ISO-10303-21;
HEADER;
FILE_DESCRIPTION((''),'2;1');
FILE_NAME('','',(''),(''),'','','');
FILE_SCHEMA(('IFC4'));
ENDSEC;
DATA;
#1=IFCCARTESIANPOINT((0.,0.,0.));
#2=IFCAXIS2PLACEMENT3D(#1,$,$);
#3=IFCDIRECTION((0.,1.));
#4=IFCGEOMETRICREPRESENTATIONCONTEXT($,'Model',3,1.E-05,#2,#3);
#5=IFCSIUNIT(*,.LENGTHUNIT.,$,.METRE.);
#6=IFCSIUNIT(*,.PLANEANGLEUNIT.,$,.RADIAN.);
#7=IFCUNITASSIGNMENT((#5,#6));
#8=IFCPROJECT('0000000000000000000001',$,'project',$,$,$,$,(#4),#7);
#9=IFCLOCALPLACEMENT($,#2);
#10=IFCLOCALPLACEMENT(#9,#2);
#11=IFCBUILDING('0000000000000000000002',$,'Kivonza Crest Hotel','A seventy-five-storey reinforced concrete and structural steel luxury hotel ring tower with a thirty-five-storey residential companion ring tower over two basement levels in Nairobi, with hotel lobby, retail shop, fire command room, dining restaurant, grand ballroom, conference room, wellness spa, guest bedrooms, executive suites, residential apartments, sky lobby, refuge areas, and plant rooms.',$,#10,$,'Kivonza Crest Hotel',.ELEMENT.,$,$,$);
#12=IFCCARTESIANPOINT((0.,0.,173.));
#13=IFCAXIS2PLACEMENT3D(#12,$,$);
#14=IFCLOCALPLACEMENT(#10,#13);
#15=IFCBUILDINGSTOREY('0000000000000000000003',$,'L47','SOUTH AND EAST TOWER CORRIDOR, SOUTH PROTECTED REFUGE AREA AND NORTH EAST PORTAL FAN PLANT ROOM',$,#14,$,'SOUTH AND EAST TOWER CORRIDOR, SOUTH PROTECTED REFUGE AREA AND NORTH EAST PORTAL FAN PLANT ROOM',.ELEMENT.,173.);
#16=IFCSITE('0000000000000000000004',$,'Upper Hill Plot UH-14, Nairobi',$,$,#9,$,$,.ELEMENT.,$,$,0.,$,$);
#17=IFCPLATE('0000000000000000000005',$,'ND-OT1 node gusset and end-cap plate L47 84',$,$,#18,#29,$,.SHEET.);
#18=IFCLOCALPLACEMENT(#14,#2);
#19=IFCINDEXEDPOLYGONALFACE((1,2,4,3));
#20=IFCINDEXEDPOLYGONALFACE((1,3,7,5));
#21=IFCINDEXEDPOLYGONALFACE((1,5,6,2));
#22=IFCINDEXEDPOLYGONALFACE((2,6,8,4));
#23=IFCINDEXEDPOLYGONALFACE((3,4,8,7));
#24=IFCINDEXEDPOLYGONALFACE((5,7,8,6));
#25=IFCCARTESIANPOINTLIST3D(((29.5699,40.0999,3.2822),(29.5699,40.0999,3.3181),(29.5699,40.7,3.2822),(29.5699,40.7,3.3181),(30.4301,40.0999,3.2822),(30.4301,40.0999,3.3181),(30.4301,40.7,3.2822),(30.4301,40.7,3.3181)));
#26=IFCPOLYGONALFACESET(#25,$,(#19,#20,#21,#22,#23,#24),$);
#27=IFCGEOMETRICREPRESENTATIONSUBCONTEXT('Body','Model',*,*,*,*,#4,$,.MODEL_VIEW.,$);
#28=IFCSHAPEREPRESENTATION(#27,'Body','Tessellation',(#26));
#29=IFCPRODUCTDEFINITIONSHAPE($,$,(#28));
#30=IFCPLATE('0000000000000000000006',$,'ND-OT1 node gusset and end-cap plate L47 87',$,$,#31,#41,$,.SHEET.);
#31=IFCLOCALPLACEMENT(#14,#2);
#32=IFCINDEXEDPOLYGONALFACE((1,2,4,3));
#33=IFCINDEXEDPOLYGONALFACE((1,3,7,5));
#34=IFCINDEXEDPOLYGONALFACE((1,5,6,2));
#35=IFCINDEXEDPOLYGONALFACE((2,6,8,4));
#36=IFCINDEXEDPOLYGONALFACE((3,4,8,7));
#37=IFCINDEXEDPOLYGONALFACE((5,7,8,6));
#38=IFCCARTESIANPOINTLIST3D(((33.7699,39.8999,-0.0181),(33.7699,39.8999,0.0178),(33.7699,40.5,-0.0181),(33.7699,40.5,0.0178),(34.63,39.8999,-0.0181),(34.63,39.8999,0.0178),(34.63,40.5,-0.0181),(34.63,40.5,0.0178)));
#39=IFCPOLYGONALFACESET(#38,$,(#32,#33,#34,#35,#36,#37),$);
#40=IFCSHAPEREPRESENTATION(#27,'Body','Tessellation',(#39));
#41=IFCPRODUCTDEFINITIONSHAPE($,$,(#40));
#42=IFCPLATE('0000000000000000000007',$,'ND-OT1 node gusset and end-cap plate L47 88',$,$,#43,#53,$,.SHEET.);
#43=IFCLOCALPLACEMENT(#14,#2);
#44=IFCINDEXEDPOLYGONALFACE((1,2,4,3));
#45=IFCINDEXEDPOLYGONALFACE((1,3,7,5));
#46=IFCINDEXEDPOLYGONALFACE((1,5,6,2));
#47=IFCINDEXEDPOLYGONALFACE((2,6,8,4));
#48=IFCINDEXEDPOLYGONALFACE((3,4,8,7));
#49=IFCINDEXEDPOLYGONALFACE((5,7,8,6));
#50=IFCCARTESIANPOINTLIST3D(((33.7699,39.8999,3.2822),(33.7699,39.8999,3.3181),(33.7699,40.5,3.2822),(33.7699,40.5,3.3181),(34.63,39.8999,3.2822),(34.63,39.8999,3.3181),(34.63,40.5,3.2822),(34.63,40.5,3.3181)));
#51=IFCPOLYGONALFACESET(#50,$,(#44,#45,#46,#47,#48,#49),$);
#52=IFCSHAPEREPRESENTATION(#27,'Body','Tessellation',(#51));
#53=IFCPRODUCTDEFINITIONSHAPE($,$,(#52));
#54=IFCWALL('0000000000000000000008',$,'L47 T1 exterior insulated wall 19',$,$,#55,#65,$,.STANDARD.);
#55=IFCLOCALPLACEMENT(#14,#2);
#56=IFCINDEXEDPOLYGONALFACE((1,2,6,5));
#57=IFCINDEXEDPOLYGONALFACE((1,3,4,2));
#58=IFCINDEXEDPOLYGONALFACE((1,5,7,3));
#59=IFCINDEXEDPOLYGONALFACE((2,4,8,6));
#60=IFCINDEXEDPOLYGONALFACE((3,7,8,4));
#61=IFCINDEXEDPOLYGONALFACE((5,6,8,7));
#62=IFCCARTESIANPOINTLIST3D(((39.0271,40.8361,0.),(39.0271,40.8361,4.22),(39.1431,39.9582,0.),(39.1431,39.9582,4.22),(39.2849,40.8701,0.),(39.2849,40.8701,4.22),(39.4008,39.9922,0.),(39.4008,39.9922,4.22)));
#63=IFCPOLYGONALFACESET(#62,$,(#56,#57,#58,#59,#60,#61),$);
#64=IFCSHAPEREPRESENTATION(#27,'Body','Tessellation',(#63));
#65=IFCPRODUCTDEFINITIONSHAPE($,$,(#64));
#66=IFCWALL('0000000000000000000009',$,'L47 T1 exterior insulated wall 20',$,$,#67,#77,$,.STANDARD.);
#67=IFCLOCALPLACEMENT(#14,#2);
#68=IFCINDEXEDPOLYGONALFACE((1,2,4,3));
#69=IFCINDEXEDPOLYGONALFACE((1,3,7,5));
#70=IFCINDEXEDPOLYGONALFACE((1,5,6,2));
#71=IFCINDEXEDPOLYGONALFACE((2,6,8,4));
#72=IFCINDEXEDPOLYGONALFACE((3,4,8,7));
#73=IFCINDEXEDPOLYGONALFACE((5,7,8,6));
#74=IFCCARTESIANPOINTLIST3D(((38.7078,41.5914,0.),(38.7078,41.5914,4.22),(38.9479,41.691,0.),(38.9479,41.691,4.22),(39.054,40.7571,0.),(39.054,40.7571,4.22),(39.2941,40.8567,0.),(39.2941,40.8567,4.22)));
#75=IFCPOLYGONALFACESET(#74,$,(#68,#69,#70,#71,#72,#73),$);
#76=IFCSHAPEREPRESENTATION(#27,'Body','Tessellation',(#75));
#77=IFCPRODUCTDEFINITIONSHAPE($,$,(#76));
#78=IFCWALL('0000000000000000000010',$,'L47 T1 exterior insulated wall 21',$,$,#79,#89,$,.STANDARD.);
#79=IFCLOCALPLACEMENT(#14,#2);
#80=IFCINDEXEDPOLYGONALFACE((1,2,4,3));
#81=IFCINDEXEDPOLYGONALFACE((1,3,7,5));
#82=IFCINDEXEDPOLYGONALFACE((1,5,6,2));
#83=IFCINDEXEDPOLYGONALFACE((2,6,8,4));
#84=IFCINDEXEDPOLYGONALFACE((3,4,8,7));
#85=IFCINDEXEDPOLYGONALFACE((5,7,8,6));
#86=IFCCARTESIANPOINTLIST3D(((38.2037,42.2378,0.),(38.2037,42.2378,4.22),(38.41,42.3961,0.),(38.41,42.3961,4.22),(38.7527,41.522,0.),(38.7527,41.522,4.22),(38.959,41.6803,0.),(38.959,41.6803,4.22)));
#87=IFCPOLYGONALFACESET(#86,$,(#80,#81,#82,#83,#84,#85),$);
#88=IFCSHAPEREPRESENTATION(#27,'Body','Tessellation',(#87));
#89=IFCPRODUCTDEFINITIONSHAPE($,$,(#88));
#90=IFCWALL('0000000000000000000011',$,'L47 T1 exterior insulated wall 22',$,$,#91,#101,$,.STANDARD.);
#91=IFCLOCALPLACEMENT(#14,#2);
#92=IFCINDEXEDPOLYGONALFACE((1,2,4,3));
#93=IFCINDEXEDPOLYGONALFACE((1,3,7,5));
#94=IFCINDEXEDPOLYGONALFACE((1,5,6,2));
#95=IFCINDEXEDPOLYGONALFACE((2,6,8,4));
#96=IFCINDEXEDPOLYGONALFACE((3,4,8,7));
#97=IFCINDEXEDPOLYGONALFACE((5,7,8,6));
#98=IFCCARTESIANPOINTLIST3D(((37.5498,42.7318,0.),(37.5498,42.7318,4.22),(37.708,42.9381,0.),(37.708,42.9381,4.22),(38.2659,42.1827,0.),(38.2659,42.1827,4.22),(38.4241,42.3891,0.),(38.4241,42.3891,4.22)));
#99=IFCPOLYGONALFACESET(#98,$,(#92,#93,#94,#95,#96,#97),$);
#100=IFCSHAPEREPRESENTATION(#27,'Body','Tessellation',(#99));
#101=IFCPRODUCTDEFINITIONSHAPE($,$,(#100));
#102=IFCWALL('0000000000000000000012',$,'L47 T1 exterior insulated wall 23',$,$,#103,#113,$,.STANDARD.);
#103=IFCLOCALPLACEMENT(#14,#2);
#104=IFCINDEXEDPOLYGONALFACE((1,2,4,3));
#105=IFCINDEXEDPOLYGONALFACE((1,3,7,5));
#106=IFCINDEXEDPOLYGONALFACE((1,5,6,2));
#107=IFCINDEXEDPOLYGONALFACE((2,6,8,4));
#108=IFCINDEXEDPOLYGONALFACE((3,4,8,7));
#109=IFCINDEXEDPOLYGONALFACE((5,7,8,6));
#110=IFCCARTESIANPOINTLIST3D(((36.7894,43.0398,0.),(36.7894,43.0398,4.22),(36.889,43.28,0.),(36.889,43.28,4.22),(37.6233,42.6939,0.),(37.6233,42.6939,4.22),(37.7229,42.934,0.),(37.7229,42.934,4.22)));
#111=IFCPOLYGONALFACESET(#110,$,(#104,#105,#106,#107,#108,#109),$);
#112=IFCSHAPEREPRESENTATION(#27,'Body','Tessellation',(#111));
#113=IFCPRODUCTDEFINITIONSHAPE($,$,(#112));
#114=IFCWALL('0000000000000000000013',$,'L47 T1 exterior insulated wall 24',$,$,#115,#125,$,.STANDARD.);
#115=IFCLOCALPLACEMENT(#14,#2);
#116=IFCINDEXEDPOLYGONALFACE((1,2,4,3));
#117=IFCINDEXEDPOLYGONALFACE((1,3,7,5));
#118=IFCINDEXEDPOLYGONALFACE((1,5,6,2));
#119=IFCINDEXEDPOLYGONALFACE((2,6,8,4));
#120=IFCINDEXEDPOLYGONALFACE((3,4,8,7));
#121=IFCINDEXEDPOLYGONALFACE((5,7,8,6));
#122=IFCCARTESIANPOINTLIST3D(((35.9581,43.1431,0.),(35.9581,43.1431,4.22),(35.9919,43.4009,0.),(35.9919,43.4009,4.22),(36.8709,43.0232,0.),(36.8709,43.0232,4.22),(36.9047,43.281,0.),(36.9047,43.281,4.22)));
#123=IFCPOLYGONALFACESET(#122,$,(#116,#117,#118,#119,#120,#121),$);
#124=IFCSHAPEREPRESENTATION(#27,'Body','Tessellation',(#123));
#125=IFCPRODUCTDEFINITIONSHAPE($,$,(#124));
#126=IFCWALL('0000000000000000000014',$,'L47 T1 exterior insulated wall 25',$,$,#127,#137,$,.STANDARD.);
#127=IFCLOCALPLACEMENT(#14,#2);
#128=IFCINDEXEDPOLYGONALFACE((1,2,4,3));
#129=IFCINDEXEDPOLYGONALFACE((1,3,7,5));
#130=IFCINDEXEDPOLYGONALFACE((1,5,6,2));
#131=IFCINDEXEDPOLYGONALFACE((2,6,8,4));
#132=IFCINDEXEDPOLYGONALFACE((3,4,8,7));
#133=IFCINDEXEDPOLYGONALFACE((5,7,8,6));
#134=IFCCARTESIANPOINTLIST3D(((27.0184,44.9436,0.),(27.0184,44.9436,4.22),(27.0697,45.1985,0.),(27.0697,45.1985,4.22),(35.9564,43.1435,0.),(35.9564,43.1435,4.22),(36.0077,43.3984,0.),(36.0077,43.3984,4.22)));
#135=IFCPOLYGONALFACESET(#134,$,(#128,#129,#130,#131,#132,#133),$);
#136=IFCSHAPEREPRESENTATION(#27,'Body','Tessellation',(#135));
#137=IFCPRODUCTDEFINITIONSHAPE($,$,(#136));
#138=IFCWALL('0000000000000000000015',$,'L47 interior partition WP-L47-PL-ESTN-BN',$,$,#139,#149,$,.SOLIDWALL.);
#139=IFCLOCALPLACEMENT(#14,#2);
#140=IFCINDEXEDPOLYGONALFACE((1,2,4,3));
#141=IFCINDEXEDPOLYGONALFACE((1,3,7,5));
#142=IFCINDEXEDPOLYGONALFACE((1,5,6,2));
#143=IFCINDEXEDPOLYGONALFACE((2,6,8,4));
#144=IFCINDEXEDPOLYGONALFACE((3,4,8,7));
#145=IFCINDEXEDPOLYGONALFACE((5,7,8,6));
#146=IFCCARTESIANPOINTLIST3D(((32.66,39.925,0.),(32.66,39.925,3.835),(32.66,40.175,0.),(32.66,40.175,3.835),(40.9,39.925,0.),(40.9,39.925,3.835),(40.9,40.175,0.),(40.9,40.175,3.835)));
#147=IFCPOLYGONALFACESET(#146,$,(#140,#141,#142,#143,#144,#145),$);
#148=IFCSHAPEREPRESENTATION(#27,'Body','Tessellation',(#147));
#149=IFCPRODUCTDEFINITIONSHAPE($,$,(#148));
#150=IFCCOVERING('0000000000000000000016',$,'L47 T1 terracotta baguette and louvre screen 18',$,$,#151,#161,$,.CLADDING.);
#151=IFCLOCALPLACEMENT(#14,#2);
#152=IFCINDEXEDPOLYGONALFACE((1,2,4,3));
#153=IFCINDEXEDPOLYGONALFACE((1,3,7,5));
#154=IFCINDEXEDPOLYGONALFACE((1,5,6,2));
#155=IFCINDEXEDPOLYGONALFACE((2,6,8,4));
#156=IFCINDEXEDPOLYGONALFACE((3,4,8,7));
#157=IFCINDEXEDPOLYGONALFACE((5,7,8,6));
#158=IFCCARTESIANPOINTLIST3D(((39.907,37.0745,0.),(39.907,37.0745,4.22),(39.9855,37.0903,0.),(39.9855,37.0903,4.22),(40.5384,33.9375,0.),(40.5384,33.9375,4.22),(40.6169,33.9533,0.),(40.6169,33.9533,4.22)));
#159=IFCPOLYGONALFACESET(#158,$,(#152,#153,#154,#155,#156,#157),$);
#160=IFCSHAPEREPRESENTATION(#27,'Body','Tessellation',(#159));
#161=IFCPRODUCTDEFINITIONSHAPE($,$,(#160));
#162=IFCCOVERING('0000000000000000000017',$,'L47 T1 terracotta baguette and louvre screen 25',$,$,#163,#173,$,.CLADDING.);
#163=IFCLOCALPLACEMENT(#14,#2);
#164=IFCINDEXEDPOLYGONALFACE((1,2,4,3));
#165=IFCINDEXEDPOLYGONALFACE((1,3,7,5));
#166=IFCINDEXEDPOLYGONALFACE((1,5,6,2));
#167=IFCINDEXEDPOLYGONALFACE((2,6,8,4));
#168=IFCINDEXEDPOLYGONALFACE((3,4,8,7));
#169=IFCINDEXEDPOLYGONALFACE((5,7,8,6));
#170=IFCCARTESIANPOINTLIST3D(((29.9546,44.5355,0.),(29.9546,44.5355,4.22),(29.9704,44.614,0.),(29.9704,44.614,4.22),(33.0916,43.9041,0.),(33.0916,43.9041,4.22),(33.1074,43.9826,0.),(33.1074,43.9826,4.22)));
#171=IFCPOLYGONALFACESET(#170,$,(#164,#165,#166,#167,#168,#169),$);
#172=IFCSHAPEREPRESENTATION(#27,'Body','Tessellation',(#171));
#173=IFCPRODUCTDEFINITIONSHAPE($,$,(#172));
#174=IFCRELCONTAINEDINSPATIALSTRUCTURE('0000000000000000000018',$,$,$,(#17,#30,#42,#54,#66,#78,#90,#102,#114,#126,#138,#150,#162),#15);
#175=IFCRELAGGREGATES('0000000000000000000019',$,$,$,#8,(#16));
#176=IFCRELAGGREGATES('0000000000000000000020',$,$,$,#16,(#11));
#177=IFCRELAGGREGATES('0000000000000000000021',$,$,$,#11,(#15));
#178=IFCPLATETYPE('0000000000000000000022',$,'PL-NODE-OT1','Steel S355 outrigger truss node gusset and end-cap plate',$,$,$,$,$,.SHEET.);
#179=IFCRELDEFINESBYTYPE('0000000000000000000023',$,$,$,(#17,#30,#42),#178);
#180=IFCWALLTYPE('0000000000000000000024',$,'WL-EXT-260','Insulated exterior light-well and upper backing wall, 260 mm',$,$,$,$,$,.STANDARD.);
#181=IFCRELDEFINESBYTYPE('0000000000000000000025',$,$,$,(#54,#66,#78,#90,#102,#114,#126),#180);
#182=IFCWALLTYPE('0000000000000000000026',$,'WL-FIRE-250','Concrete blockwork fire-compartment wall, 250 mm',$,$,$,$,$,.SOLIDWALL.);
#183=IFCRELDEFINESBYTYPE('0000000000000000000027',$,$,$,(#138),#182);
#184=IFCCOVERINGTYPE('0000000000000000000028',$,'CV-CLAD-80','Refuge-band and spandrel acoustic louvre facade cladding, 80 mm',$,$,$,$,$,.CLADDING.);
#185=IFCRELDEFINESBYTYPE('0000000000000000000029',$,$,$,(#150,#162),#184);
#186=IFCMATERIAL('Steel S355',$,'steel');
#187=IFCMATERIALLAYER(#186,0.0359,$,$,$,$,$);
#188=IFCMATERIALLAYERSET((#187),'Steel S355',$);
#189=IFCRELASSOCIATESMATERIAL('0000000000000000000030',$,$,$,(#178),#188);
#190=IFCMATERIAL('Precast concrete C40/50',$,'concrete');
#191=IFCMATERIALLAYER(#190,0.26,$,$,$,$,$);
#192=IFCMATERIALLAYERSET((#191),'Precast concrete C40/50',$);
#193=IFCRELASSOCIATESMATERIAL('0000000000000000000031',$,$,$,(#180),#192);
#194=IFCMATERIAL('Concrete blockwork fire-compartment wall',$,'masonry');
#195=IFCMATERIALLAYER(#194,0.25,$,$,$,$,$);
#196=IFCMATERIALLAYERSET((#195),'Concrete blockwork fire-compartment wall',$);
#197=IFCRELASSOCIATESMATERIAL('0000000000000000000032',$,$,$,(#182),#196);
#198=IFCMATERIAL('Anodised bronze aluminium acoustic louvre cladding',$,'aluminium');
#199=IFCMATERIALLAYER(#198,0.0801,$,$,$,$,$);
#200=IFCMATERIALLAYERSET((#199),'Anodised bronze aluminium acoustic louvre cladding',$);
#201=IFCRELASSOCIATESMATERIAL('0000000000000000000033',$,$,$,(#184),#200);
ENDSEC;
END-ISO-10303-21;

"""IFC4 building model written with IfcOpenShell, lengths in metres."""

from ifc_helpers import new_model, si_unit, direction, frame, frame_2d, origin, origin_2d, place, context, subcontext, project, spatial, rectangle, extrude, material, layer, layer_set, type_object, element, save


model = new_model("IFC4")

# Units and contexts
model_context = context("Model", 3, precision=1e-05, world=origin(), true_north=direction((0.0, 1.0)))
body_context = subcontext(model_context, "Body", "Model", "MODEL_VIEW")
ifc_project = project(units=[si_unit("LENGTHUNIT", "METRE"), si_unit("PLANEANGLEUNIT", "RADIAN")], contexts=[model_context])

# Site, building, storey
site_placement = place(None, origin())
site = spatial("IfcSite", under=ifc_project, at=site_placement, Name="Upper Hill Plot UH-14, Nairobi", CompositionType="ELEMENT", RefElevation=0.0)
building_placement = place(site_placement, origin())
building = spatial("IfcBuilding", under=site, at=building_placement, Name="Kivonza Crest Hotel", Description="A seventy-five-storey reinforced concrete and structural steel luxury hotel ring tower with a thirty-five-storey residential companion ring tower over two basement levels in Nairobi, with hotel lobby, retail shop, fire command room, dining restaurant, grand ballroom, conference room, wellness spa, guest bedrooms, executive suites, residential apartments, sky lobby, refuge areas, and plant rooms.", LongName="Kivonza Crest Hotel", CompositionType="ELEMENT")
storey_placement = place(building_placement, frame((0.0, 0.0, 173.0)))
storey = spatial("IfcBuildingStorey", under=building, at=storey_placement, Name="L47", Description="SOUTH AND EAST TOWER CORRIDOR, SOUTH PROTECTED REFUGE AREA AND NORTH EAST PORTAL FAN PLANT ROOM", LongName="SOUTH AND EAST TOWER CORRIDOR, SOUTH PROTECTED REFUGE AREA AND NORTH EAST PORTAL FAN PLANT ROOM", CompositionType="ELEMENT", Elevation=173.0)

# Shared definitions
ifc_material_1 = material(Name="Steel S355", Category="steel")

# Plates
ifc_layer_1 = layer(ifc_material_1, 0.0359)
ifc_layer_set_1 = layer_set([ifc_layer_1], Name="Steel S355")
plate_type = type_object("IfcPlateType", Name="PL-NODE-OT1", Description="Steel S355 outrigger truss node gusset and end-cap plate", PredefinedType="SHEET", material=ifc_layer_set_1)
for number, where, z_axis, x_axis, name in (
    (1, (30.0, 40.3999, 3.2822), (0.0, 0.0, 1.0), (1.0, 0.0, 0.0), "ND-OT1 node gusset and end-cap plate L47 84"),
    (2, (34.2, 40.2, -0.0181), (0.0, 0.0, 1.0), (1.0, 0.0, 0.0), "ND-OT1 node gusset and end-cap plate L47 87"),
    (3, (34.2, 40.2, 3.2822), (0.0, 0.0, 1.0), (1.0, 0.0, 0.0), "ND-OT1 node gusset and end-cap plate L47 88"),
):
    element("IfcPlate", number, at=place(storey_placement, frame(where, z_axis=z_axis, x_axis=x_axis)), inside=storey, type_object=plate_type, Name=name, PredefinedType="SHEET", context=body_context, shape_type="SweptSolid", body=[
        extrude(rectangle(XDim=0.8601, YDim=0.6001, at=origin_2d()), origin(), (0.0, 0.0, 1.0), 0.0359),
    ])

# Walls
ifc_material_2 = material(Name="Precast concrete C40/50", Category="concrete")
ifc_layer_2 = layer(ifc_material_2, 0.26)
ifc_layer_set_2 = layer_set([ifc_layer_2], Name="Precast concrete C40/50")
wall_type_1 = type_object("IfcWallType", Name="WL-EXT-260", Description="Insulated exterior light-well and upper backing wall, 260 mm", PredefinedType="STANDARD", material=ifc_layer_set_2)
wall_1_placement = place(storey_placement, frame((39.272, 39.9751, 0.0), z_axis=(0.0, 0.0, 1.0), x_axis=(-0.130954, 0.991388, 0.0)))
element("IfcWall", 4, at=wall_1_placement, inside=storey, type_object=wall_type_1, Name="L47 T1 exterior insulated wall 19", PredefinedType="STANDARD", context=body_context, shape_type="SweptSolid", body=[
    extrude(rectangle(XDim=0.8855, YDim=0.26, at=frame_2d((0.4429, 0.0))), origin(), (0.0, 0.0, 1.0), 4.22),
])
wall_2_placement = place(storey_placement, frame((39.1741, 40.8069, 0.0), z_axis=(0.0, 0.0, 1.0), x_axis=(-0.383291, 0.923628, 0.0)))
element("IfcWall", 5, at=wall_2_placement, inside=storey, type_object=wall_type_1, Name="L47 T1 exterior insulated wall 20", PredefinedType="STANDARD", context=body_context, shape_type="SweptSolid", body=[
    extrude(rectangle(XDim=0.9033, YDim=0.26, at=frame_2d((0.4517, 0.0))), origin(), (0.0, 0.0, 1.0), 4.22),
])
wall_3_placement = place(storey_placement, frame((38.856, 41.6011, 0.0), z_axis=(0.0, 0.0, 1.0), x_axis=(-0.608625, 0.793458, 0.0)))
element("IfcWall", 6, at=wall_3_placement, inside=storey, type_object=wall_type_1, Name="L47 T1 exterior insulated wall 21", PredefinedType="STANDARD", context=body_context, shape_type="SweptSolid", body=[
    extrude(rectangle(XDim=0.9021, YDim=0.26, at=frame_2d((0.4512, 0.0))), origin(), (0.0, 0.0, 1.0), 4.22),
])
wall_4_placement = place(storey_placement, frame((38.345, 42.2859, 0.0), z_axis=(0.0, 0.0, 1.0), x_axis=(-0.793558, 0.608494, 0.0)))
element("IfcWall", 7, at=wall_4_placement, inside=storey, type_object=wall_type_1, Name="L47 T1 exterior insulated wall 22", PredefinedType="STANDARD", context=body_context, shape_type="SweptSolid", body=[
    extrude(rectangle(XDim=0.9023, YDim=0.26, at=frame_2d((0.4512, 0.0))), origin(), (0.0, 0.0, 1.0), 4.22),
])
wall_5_placement = place(storey_placement, frame((37.6731, 42.814, 0.0), z_axis=(0.0, 0.0, 1.0), x_axis=(-0.923684, 0.383156, 0.0)))
element("IfcWall", 8, at=wall_5_placement, inside=storey, type_object=wall_type_1, Name="L47 T1 exterior insulated wall 23", PredefinedType="STANDARD", context=body_context, shape_type="SweptSolid", body=[
    extrude(rectangle(XDim=0.9028, YDim=0.26, at=frame_2d((0.4514, 0.0))), origin(), (0.0, 0.0, 1.0), 4.22),
])
wall_6_placement = place(storey_placement, frame((36.8879, 43.1521, 0.0), z_axis=(0.0, 0.0, 1.0), x_axis=(-0.991488, 0.130201, 0.0)))
element("IfcWall", 9, at=wall_6_placement, inside=storey, type_object=wall_type_1, Name="L47 T1 exterior insulated wall 24", PredefinedType="STANDARD", context=body_context, shape_type="SweptSolid", body=[
    extrude(rectangle(XDim=0.9207, YDim=0.26, at=frame_2d((0.4604, 0.0))), origin(), (0.0, 0.0, 1.0), 4.22),
])
wall_7_placement = place(storey_placement, frame((35.9819, 43.271, 0.0), z_axis=(0.0, 0.0, 1.0), x_axis=(-0.980317, 0.197429, 0.0)))
element("IfcWall", 10, at=wall_7_placement, inside=storey, type_object=wall_type_1, Name="L47 T1 exterior insulated wall 25", PredefinedType="STANDARD", context=body_context, shape_type="SweptSolid", body=[
    extrude(rectangle(XDim=9.1174, YDim=0.26, at=frame_2d((4.5586, 0.0))), origin(), (0.0, 0.0, 1.0), 4.22),
])
ifc_material_3 = material(Name="Concrete blockwork fire-compartment wall", Category="masonry")
ifc_layer_3 = layer(ifc_material_3, 0.25)
ifc_layer_set_3 = layer_set([ifc_layer_3], Name="Concrete blockwork fire-compartment wall")
wall_type_2 = type_object("IfcWallType", Name="WL-FIRE-250", Description="Concrete blockwork fire-compartment wall, 250 mm", PredefinedType="SOLIDWALL", material=ifc_layer_set_3)
wall_8_placement = place(storey_placement, frame((32.6599, 40.05, 0.0), z_axis=(0.0, 0.0, 1.0), x_axis=(1.0, 0.0, 0.0)))
element("IfcWall", 11, at=wall_8_placement, inside=storey, type_object=wall_type_2, Name="L47 interior partition WP-L47-PL-ESTN-BN", PredefinedType="SOLIDWALL", context=body_context, shape_type="SweptSolid", body=[
    extrude(rectangle(XDim=8.24, YDim=0.25, at=frame_2d((4.1201, 0.0))), origin(), (0.0, 0.0, 1.0), 3.835),
])

# Coverings
ifc_material_4 = material(Name="Anodised bronze aluminium acoustic louvre cladding", Category="aluminium")
ifc_layer_4 = layer(ifc_material_4, 0.0801)
ifc_layer_set_4 = layer_set([ifc_layer_4], Name="Anodised bronze aluminium acoustic louvre cladding")
covering_type = type_object("IfcCoveringType", Name="CV-CLAD-80", Description="Refuge-band and spandrel acoustic louvre facade cladding, 80 mm", PredefinedType="CLADDING", material=ifc_layer_set_4)
for number, where, z_axis, x_axis, name in (
    (12, (40.262, 35.5139, 0.0), (0.0, 0.0, 1.0), (-0.197315, 0.98034, 0.0), "L47 T1 terracotta baguette and louvre screen 18"),
    (13, (31.531, 44.259, 0.0), (0.0, 0.0, 1.0), (-0.98034, 0.197315, 0.0), "L47 T1 terracotta baguette and louvre screen 25"),
):
    element("IfcCovering", number, at=place(storey_placement, frame(where, z_axis=z_axis, x_axis=x_axis)), inside=storey, type_object=covering_type, Name=name, PredefinedType="CLADDING", context=body_context, shape_type="SweptSolid", body=[
        extrude(rectangle(XDim=3.2, YDim=0.0801, at=origin_2d()), origin(), (0.0, 0.0, 1.0), 4.22),
    ])

save(model, "model.ifc")
